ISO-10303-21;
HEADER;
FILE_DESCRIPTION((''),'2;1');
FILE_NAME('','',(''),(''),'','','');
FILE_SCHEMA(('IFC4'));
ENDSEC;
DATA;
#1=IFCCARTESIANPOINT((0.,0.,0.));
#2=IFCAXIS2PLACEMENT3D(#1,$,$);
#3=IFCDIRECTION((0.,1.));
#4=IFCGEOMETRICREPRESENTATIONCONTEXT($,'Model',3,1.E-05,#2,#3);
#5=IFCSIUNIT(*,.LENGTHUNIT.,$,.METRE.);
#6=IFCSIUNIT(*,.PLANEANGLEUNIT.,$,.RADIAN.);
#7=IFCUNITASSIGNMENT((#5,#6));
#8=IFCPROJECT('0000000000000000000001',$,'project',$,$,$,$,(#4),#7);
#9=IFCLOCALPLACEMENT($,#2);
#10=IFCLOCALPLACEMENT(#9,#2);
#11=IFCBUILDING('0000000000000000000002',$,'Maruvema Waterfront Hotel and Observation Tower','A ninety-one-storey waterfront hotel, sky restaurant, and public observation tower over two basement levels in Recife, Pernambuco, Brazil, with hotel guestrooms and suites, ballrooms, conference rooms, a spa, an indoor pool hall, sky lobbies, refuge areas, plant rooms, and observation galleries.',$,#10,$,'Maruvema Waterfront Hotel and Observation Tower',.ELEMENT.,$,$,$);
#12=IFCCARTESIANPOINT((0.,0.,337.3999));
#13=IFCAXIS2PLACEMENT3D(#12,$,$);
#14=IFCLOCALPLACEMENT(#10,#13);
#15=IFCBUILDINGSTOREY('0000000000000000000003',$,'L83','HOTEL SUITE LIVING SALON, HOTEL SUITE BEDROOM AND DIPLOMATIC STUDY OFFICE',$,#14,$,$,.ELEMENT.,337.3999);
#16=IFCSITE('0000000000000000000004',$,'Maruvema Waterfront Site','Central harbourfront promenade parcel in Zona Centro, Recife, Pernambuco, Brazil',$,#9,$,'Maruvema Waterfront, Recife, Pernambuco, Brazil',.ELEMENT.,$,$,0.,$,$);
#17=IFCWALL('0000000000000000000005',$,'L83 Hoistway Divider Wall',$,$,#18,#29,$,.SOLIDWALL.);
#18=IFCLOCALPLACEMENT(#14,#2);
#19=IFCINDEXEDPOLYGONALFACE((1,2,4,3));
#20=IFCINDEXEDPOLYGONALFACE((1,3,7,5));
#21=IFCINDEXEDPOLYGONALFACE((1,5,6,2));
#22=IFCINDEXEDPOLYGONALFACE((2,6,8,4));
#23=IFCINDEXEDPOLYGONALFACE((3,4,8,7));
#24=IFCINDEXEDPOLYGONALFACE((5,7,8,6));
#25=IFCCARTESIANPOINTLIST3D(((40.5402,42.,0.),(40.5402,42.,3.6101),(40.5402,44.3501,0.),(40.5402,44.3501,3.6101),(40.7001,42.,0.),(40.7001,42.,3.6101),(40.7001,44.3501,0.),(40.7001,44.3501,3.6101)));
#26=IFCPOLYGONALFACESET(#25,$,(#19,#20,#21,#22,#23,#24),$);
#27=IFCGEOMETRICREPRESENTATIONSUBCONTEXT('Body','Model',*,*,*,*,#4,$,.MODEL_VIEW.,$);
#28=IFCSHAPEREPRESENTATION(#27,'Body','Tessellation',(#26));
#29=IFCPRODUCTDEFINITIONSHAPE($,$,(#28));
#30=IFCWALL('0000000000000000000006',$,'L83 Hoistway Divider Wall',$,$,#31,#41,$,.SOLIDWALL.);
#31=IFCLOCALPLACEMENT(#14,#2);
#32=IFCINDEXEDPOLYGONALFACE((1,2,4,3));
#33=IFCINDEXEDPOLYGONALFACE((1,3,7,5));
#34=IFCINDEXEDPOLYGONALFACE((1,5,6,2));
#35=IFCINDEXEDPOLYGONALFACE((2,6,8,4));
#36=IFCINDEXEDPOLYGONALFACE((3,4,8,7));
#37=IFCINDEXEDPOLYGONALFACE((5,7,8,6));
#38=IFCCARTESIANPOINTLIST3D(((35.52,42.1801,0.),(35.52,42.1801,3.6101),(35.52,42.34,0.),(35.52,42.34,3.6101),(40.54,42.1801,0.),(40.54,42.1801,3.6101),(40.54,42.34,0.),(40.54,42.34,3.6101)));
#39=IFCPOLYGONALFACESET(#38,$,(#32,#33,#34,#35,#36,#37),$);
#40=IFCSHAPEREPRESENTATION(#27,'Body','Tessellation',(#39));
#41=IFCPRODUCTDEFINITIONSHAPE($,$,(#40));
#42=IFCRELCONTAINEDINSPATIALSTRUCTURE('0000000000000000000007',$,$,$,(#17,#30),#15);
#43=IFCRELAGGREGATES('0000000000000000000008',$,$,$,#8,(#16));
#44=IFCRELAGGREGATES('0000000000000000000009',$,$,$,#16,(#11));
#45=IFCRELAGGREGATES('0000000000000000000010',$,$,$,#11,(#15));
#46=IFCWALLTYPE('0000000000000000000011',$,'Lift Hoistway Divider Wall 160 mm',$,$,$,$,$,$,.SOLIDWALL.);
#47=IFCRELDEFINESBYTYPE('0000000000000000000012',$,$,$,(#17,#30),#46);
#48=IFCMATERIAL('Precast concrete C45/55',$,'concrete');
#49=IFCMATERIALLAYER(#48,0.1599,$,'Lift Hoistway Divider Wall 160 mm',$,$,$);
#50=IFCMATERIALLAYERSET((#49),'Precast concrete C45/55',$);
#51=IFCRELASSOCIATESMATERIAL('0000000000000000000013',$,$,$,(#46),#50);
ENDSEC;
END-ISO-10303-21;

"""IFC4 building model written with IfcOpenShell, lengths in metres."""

from ifc_helpers import new_model, si_unit, direction, frame, frame_2d, origin, place, context, subcontext, project, spatial, rectangle, extrude, material, layer, layer_set, type_object, element, save


model = new_model("IFC4")

# Units and contexts
model_context = context("Model", 3, precision=1e-05, world=origin(), true_north=direction((0.0, 1.0)))
body_context = subcontext(model_context, "Body", "Model", "MODEL_VIEW")
ifc_project = project(units=[si_unit("LENGTHUNIT", "METRE"), si_unit("PLANEANGLEUNIT", "RADIAN")], contexts=[model_context])

# Site, building, storey
site_placement = place(None, origin())
site = spatial("IfcSite", under=ifc_project, at=site_placement, Name="Maruvema Waterfront Site", Description="Central harbourfront promenade parcel in Zona Centro, Recife, Pernambuco, Brazil", LongName="Maruvema Waterfront, Recife, Pernambuco, Brazil", CompositionType="ELEMENT", RefElevation=0.0)
building_placement = place(site_placement, origin())
building = spatial("IfcBuilding", under=site, at=building_placement, Name="Maruvema Waterfront Hotel and Observation Tower", Description="A ninety-one-storey waterfront hotel, sky restaurant, and public observation tower over two basement levels in Recife, Pernambuco, Brazil, with hotel guestrooms and suites, ballrooms, conference rooms, a spa, an indoor pool hall, sky lobbies, refuge areas, plant rooms, and observation galleries.", LongName="Maruvema Waterfront Hotel and Observation Tower", CompositionType="ELEMENT")
storey_placement = place(building_placement, frame((0.0, 0.0, 337.3999)))
storey = spatial("IfcBuildingStorey", under=building, at=storey_placement, Name="L83", Description="HOTEL SUITE LIVING SALON, HOTEL SUITE BEDROOM AND DIPLOMATIC STUDY OFFICE", CompositionType="ELEMENT", Elevation=337.3999)

# Walls
ifc_material_1 = material(Name="Precast concrete C45/55", Category="concrete")
ifc_layer_1 = layer(ifc_material_1, 0.1599, Name="Lift Hoistway Divider Wall 160 mm")
ifc_layer_set_1 = layer_set([ifc_layer_1], Name="Precast concrete C45/55")
wall_type_1 = type_object("IfcWallType", Name="Lift Hoistway Divider Wall 160 mm", PredefinedType="SOLIDWALL", material=ifc_layer_set_1)
for number, where, z_axis, x_axis, name in (
    (1, (40.6201, 42.0, 0.0), (0.0, 0.0, 1.0), (0.0, 1.0, 0.0), "L83 Hoistway Divider Wall"),
):
    element("IfcWall", number, at=place(storey_placement, frame(where, z_axis=z_axis, x_axis=x_axis)), inside=storey, type_object=wall_type_1, Name=name, PredefinedType="SOLIDWALL", context=body_context, shape_type="SweptSolid", body=[
        extrude(rectangle(XDim=2.3501, YDim=0.1599, at=frame_2d((1.175, 0.0))), origin(), (0.0, 0.0, 1.0), 3.6101),
    ])
wall_1_placement = place(storey_placement, frame((35.52, 42.26, 0.0), z_axis=(0.0, 0.0, 1.0), x_axis=(1.0, 0.0, 0.0)))
element("IfcWall", 2, at=wall_1_placement, inside=storey, type_object=wall_type_1, Name="L83 Hoistway Divider Wall", PredefinedType="SOLIDWALL", context=body_context, shape_type="SweptSolid", body=[
    extrude(rectangle(XDim=5.02, YDim=0.1599, at=frame_2d((2.51, 0.0))), origin(), (0.0, 0.0, 1.0), 3.6101),
])

save(model, "model.ifc")
